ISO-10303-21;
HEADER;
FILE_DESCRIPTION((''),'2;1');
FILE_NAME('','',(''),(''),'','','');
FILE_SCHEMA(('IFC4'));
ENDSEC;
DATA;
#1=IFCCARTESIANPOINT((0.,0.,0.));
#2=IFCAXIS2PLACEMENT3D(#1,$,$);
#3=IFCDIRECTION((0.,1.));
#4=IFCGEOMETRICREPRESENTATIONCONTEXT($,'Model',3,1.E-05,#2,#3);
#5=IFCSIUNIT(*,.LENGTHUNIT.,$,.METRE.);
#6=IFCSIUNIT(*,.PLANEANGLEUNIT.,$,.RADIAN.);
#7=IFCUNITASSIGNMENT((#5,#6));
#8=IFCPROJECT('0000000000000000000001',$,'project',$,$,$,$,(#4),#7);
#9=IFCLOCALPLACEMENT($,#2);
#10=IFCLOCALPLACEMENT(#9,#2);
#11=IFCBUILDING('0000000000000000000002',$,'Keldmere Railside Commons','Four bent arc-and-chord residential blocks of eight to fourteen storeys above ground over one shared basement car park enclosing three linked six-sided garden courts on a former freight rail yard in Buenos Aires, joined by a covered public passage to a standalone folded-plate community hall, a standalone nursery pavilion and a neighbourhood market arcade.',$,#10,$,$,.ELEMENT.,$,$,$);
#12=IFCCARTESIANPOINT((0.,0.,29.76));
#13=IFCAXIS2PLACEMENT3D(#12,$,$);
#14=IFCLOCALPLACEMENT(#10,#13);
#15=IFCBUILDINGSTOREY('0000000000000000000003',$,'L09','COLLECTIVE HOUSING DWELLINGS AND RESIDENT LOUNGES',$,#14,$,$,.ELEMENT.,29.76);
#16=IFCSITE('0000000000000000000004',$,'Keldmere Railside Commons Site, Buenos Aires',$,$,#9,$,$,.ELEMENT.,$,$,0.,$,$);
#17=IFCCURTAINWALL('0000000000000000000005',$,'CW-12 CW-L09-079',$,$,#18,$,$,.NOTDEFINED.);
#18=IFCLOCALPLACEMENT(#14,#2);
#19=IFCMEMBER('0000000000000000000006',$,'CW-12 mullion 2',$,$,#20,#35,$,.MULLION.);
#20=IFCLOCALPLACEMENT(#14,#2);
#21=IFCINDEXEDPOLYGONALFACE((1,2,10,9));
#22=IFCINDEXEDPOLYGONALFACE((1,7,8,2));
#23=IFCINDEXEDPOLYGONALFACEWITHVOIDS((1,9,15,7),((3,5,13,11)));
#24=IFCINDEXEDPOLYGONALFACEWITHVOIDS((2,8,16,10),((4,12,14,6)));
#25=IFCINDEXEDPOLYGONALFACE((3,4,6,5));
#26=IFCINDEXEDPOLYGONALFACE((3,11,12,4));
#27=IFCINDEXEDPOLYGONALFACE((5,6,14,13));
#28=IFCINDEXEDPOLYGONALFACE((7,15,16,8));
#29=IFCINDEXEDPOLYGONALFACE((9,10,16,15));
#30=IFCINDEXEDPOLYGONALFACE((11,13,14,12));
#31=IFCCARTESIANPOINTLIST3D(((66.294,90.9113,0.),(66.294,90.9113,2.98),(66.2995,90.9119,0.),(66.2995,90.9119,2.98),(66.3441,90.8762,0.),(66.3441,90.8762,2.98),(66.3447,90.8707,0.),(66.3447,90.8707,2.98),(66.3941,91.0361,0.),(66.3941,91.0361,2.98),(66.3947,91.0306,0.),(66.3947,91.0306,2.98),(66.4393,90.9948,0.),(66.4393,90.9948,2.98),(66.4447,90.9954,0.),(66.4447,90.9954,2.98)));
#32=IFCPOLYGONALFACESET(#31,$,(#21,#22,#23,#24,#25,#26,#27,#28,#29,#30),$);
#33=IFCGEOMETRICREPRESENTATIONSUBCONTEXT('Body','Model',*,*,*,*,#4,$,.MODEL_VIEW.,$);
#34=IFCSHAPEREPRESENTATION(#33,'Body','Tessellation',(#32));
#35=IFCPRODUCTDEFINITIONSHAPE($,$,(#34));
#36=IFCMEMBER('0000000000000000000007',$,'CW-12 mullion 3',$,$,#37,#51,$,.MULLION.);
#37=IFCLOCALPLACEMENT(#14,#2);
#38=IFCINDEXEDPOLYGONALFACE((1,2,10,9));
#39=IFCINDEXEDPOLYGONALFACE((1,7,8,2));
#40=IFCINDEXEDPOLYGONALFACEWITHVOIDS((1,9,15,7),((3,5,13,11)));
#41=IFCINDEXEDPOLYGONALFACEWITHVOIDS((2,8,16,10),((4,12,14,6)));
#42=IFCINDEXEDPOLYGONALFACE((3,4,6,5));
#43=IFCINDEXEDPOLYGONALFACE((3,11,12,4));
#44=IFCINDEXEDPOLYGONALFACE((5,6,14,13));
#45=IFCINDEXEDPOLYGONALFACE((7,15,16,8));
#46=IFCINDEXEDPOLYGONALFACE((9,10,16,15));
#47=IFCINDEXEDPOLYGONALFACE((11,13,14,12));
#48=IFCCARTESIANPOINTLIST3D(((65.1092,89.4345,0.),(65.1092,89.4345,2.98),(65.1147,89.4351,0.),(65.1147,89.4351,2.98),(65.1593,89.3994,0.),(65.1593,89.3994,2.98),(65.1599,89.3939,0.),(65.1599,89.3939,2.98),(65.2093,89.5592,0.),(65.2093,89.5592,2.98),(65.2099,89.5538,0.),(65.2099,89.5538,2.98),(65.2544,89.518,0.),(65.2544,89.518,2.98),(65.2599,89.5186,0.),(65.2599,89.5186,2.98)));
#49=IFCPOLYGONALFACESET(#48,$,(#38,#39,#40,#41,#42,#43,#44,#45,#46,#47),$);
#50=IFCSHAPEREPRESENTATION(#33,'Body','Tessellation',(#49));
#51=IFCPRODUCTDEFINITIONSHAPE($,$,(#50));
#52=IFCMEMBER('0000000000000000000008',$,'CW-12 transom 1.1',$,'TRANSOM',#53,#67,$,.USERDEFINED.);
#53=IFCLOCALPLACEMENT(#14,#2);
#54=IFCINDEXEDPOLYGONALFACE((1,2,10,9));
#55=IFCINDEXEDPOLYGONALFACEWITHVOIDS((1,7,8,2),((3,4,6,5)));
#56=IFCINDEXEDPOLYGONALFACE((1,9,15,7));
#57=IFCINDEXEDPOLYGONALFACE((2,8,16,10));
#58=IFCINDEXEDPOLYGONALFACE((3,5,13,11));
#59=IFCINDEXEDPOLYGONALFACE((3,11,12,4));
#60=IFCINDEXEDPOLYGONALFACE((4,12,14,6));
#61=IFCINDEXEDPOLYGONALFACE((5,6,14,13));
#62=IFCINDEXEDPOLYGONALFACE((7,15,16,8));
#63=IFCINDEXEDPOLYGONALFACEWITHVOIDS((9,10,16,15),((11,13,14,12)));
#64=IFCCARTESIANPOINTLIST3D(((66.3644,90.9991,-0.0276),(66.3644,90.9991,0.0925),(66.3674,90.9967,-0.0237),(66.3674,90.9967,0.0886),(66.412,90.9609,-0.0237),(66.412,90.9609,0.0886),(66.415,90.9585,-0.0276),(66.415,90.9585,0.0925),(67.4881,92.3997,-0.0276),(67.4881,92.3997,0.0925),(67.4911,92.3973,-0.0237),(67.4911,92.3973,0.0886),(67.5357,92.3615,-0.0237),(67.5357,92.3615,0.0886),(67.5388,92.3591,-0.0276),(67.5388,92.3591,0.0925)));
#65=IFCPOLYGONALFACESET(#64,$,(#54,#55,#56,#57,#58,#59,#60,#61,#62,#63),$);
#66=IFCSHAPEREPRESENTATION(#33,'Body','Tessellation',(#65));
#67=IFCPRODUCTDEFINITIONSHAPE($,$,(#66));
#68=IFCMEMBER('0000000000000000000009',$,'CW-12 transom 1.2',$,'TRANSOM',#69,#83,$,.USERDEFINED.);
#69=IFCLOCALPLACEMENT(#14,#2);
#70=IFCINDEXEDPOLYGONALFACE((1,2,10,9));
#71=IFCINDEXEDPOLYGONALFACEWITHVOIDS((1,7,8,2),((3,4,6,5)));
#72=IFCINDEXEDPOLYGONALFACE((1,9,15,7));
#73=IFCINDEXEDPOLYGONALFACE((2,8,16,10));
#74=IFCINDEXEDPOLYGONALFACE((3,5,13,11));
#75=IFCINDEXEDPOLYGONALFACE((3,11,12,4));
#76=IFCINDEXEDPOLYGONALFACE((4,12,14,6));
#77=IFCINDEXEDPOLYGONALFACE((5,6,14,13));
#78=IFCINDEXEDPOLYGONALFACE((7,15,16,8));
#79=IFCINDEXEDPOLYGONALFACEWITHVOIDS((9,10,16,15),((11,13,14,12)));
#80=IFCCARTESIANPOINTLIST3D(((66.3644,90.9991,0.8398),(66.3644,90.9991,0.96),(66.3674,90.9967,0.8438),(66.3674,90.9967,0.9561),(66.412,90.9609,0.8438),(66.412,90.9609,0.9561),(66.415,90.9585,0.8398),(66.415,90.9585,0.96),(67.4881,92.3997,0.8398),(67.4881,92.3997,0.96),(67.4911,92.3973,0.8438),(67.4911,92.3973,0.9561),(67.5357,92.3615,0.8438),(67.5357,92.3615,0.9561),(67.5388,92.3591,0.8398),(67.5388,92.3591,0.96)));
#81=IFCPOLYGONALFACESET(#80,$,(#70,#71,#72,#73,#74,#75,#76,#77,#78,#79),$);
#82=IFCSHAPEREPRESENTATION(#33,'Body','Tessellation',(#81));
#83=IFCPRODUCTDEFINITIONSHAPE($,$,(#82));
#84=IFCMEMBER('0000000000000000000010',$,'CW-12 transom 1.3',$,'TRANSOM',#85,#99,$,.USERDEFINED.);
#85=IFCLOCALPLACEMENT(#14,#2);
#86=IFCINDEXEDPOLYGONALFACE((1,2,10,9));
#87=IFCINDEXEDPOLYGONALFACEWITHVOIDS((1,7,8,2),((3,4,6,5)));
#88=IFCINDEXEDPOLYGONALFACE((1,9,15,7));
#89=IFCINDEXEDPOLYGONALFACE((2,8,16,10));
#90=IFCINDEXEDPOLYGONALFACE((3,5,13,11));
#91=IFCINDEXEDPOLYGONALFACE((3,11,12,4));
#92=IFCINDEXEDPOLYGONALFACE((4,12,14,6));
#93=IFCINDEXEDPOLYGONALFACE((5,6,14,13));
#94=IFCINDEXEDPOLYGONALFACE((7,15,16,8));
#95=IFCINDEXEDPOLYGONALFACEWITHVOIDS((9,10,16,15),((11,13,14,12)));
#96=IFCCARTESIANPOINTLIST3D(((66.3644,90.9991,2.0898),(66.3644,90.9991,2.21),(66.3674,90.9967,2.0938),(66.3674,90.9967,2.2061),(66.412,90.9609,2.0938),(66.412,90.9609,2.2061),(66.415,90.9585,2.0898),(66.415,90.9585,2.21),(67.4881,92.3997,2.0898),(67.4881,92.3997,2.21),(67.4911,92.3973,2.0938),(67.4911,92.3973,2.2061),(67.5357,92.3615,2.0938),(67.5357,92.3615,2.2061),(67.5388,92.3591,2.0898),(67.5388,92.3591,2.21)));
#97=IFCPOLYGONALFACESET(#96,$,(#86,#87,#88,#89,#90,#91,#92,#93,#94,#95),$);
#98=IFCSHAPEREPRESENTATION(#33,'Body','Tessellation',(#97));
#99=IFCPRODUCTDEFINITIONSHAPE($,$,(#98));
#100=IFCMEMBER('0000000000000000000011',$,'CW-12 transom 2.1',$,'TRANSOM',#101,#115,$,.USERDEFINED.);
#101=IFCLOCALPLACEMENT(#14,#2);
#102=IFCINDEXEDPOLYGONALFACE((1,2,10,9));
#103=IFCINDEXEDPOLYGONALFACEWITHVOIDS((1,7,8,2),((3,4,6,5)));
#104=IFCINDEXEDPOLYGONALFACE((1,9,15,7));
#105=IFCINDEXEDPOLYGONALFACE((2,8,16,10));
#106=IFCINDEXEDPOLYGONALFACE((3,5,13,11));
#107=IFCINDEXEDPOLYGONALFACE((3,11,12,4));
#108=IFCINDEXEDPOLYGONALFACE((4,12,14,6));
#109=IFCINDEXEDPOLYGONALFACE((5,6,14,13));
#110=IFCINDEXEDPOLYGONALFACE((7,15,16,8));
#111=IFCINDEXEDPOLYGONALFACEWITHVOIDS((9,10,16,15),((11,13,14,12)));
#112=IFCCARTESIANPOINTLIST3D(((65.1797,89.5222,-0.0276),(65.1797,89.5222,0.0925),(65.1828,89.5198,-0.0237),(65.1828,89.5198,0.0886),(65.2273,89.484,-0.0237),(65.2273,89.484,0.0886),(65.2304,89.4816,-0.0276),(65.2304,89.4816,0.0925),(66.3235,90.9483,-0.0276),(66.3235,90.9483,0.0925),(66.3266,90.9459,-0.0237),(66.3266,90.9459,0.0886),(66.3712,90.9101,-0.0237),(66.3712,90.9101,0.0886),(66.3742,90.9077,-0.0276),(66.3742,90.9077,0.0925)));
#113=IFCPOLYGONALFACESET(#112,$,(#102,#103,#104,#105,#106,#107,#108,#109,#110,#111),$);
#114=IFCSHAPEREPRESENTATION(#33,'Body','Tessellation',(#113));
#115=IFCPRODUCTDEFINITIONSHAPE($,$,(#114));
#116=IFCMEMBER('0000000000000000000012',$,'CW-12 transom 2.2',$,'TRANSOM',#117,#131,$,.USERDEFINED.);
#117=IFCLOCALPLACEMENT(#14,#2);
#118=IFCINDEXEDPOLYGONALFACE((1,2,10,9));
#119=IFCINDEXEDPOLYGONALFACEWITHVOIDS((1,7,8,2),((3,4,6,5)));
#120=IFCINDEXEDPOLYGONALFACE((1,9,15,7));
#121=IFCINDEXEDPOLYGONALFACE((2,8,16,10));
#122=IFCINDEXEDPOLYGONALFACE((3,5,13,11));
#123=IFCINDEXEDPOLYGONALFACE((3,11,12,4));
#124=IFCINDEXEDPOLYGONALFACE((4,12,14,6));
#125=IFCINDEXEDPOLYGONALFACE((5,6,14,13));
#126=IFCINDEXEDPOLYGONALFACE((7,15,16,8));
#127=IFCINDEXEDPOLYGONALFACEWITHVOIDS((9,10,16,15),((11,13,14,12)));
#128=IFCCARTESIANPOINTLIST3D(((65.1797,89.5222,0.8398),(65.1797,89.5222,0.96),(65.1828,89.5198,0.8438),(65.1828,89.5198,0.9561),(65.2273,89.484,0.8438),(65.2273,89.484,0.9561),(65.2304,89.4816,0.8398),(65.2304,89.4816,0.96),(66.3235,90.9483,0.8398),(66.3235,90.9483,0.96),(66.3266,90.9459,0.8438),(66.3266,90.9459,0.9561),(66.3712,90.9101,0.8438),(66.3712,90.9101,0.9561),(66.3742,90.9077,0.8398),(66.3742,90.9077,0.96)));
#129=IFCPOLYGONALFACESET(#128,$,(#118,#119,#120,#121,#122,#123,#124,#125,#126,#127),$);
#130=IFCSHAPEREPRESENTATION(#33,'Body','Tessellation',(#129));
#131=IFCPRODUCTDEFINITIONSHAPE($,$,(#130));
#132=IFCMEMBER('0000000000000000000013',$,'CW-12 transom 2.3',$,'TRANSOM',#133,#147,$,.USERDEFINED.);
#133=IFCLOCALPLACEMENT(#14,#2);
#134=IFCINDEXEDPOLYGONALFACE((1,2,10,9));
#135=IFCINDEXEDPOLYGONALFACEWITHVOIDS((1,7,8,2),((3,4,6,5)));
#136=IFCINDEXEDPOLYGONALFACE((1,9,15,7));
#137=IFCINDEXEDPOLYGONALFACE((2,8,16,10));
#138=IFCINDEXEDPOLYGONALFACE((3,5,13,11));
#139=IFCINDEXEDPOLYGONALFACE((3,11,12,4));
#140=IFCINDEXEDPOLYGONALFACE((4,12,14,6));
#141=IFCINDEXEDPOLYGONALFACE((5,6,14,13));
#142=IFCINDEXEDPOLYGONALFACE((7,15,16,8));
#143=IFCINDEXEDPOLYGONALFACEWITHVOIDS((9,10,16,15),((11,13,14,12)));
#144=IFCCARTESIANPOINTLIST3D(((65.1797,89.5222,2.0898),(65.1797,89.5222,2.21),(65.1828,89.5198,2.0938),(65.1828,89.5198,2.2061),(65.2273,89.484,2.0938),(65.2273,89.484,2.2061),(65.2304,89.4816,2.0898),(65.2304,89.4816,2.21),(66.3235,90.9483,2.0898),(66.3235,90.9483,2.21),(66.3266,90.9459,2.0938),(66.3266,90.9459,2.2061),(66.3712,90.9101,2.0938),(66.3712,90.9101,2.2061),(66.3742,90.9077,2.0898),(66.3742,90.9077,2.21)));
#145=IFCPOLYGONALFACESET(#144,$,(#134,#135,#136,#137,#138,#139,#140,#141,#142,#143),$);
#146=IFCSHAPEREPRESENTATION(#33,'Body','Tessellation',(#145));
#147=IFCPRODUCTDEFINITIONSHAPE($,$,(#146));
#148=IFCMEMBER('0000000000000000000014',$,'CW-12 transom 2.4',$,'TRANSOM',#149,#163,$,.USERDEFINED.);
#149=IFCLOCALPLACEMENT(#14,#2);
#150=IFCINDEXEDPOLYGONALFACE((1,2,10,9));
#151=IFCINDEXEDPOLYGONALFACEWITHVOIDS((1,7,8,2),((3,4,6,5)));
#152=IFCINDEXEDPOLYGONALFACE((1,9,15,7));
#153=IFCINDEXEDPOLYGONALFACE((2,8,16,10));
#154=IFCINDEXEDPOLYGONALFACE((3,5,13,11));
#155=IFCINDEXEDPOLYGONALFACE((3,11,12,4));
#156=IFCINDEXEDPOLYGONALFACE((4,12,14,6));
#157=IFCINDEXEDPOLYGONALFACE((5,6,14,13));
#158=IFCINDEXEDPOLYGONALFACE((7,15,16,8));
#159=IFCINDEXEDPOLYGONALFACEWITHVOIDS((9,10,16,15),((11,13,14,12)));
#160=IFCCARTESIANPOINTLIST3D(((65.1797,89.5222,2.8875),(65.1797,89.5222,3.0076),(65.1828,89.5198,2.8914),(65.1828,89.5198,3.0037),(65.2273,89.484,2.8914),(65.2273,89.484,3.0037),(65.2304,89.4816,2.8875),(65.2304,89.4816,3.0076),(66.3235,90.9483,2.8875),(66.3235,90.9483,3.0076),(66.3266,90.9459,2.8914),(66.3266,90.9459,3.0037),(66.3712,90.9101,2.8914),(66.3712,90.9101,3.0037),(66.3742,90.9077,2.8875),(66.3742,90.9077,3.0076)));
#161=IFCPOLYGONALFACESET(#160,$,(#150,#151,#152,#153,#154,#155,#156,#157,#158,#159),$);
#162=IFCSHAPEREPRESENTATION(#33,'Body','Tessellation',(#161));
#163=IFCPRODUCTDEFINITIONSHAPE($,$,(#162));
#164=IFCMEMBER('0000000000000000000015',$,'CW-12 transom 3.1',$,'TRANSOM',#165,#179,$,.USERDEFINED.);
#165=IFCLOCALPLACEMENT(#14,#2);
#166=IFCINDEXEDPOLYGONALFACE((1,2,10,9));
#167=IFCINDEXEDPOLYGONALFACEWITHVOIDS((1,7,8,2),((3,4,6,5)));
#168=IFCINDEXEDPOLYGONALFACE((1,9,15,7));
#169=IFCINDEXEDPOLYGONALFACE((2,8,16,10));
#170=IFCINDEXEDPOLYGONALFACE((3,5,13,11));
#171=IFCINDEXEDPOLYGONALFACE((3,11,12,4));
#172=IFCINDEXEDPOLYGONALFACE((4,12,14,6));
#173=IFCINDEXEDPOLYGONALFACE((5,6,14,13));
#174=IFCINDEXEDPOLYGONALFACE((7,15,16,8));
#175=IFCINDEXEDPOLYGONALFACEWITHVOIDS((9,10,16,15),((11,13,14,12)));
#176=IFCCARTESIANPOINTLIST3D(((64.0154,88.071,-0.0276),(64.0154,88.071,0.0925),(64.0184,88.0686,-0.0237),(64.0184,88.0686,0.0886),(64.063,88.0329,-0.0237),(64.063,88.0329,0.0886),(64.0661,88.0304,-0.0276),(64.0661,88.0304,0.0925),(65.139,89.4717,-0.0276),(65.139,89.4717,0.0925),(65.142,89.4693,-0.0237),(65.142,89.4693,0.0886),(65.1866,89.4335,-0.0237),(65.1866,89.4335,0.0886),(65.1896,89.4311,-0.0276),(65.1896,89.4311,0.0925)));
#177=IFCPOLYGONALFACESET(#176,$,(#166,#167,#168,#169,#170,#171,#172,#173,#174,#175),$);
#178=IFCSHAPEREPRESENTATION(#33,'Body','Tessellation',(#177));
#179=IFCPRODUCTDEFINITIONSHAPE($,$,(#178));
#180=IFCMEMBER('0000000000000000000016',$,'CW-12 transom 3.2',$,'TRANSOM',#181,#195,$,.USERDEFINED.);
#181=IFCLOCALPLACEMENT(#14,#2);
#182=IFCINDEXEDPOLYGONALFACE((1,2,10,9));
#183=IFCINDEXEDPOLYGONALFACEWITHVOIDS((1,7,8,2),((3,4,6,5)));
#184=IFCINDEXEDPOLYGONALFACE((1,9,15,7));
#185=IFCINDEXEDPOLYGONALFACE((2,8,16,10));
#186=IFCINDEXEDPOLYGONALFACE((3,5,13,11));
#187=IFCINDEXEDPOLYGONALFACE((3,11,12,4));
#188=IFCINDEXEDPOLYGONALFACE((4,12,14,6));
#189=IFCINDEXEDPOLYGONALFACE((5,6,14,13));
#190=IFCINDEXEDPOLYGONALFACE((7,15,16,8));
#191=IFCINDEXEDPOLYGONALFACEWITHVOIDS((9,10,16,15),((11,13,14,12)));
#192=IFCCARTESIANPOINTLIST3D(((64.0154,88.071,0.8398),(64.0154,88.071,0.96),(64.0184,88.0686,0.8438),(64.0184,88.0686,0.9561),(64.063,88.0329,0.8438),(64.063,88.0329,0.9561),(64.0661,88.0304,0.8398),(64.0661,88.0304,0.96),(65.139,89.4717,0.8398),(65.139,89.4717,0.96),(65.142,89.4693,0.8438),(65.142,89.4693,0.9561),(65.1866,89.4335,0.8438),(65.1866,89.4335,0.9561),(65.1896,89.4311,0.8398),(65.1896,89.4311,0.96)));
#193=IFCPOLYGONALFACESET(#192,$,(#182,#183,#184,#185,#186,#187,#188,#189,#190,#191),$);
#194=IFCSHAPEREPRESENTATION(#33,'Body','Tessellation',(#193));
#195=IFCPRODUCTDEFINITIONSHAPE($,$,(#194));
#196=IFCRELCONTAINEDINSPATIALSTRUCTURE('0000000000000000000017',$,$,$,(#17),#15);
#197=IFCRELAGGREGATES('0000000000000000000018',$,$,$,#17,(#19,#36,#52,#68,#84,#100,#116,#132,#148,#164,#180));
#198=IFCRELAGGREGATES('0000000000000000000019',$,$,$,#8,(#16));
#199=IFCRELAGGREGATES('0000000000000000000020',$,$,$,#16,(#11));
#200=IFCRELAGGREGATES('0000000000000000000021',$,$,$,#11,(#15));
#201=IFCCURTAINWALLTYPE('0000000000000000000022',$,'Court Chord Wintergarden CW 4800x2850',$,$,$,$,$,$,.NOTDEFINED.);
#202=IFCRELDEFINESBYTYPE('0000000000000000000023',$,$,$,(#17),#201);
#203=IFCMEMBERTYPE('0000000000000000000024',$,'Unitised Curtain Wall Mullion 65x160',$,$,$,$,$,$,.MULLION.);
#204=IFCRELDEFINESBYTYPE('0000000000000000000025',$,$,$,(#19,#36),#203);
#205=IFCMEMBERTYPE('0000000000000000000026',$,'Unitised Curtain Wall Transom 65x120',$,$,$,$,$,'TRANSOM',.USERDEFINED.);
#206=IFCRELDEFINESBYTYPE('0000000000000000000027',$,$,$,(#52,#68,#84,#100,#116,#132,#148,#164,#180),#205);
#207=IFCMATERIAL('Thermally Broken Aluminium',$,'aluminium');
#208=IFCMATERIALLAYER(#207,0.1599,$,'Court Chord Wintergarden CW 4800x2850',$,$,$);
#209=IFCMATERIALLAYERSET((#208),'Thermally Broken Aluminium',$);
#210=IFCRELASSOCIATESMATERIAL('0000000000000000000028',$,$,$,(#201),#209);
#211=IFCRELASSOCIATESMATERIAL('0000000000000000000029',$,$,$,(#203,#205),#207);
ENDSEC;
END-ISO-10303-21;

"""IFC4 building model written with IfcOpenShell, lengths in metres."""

from ifc_helpers import new_model, si_unit, direction, frame, origin, origin_2d, place, context, subcontext, project, spatial, hollow_rectangle, extrude, material, layer, layer_set, material_profile, profile_set, type_object, element, aggregate, save


model = new_model("IFC4")

# Units and contexts
model_context = context("Model", 3, precision=1e-05, world=origin(), true_north=direction((0.0, 1.0)))
body_context = subcontext(model_context, "Body", "Model", "MODEL_VIEW")
ifc_project = project(units=[si_unit("LENGTHUNIT", "METRE"), si_unit("PLANEANGLEUNIT", "RADIAN")], contexts=[model_context])

# Site, building, storey
site_placement = place(None, origin())
site = spatial("IfcSite", under=ifc_project, at=site_placement, Name="Keldmere Railside Commons Site, Buenos Aires", CompositionType="ELEMENT", RefElevation=0.0)
building_placement = place(site_placement, origin())
building = spatial("IfcBuilding", under=site, at=building_placement, Name="Keldmere Railside Commons", Description="Four bent arc-and-chord residential blocks of eight to fourteen storeys above ground over one shared basement car park enclosing three linked six-sided garden courts on a former freight rail yard in Buenos Aires, joined by a covered public passage to a standalone folded-plate community hall, a standalone nursery pavilion and a neighbourhood market arcade.", CompositionType="ELEMENT")
storey_placement = place(building_placement, frame((0.0, 0.0, 29.76)))
storey = spatial("IfcBuildingStorey", under=building, at=storey_placement, Name="L09", Description="COLLECTIVE HOUSING DWELLINGS AND RESIDENT LOUNGES", CompositionType="ELEMENT", Elevation=29.76)

# Curtain wall, members
ifc_material_1 = material(Name="Thermally Broken Aluminium", Category="aluminium")
ifc_layer_1 = layer(ifc_material_1, 0.1599, Name="Court Chord Wintergarden CW 4800x2850")
ifc_layer_set_1 = layer_set([ifc_layer_1], Name="Thermally Broken Aluminium")
curtain_wall_type = type_object("IfcCurtainWallType", Name="Court Chord Wintergarden CW 4800x2850", PredefinedType="NOTDEFINED", material=ifc_layer_set_1)
curtain_wall_placement = place(storey_placement, origin())
curtain_wall = element("IfcCurtainWall", 1, at=curtain_wall_placement, inside=storey, type_object=curtain_wall_type, Name="CW-12 CW-L09-079", PredefinedType="NOTDEFINED")
ifc_material_profile_1 = material_profile(ifc_material_1, hollow_rectangle(XDim=0.0649, YDim=0.1599, WallThickness=0.0039, at=origin_2d()), Name="ALU-MULL-65x160")
ifc_profile_set_1 = profile_set([ifc_material_profile_1], Name="Thermally Broken Aluminium")
member_type_1 = type_object("IfcMemberType", Name="Unitised Curtain Wall Mullion 65x160", PredefinedType="MULLION", material=ifc_profile_set_1)
member_1_placement = place(storey_placement, frame((66.3694, 90.9534, 0.0), z_axis=(0.0, 0.0, 1.0), x_axis=(0.780009, -0.625768, 0.0)))
member_1 = element("IfcMember", 2, at=member_1_placement, type_object=member_type_1, Name="CW-12 mullion 2", PredefinedType="MULLION", context=body_context, shape_type="SweptSolid", body=[
    extrude(hollow_rectangle(XDim=0.0649, YDim=0.1599, WallThickness=0.0039, at=origin_2d()), origin(), (0.0, 0.0, 1.0), 2.98),
])
member_2_placement = place(storey_placement, frame((65.1846, 89.4766, 0.0), z_axis=(0.0, 0.0, 1.0), x_axis=(0.780009, -0.625768, 0.0)))
member_2 = element("IfcMember", 3, at=member_2_placement, type_object=member_type_1, Name="CW-12 mullion 3", PredefinedType="MULLION", context=body_context, shape_type="SweptSolid", body=[
    extrude(hollow_rectangle(XDim=0.0649, YDim=0.1599, WallThickness=0.0039, at=origin_2d()), origin(), (0.0, 0.0, 1.0), 2.98),
])
ifc_material_profile_2 = material_profile(ifc_material_1, hollow_rectangle(XDim=0.0649, YDim=0.1201, WallThickness=0.0039, at=origin_2d()), Name="ALU-TRAN-65x120")
ifc_profile_set_2 = profile_set([ifc_material_profile_2], Name="Thermally Broken Aluminium")
member_type_2 = type_object("IfcMemberType", Name="Unitised Curtain Wall Transom 65x120", ElementType="TRANSOM", PredefinedType="USERDEFINED", material=ifc_profile_set_2)
member_3_placement = place(storey_placement, frame((67.5134, 92.3794, 0.0325), z_axis=(-0.625805, -0.779979, 0.0), x_axis=(0.779979, -0.625805, 0.0)))
member_3 = element("IfcMember", 4, at=member_3_placement, type_object=member_type_2, Name="CW-12 transom 1.1", ObjectType="TRANSOM", PredefinedType="USERDEFINED", context=body_context, shape_type="SweptSolid", body=[
    extrude(hollow_rectangle(XDim=0.0649, YDim=0.1201, WallThickness=0.0039, at=origin_2d()), origin(), (0.0, 0.0, 1.0), 1.7957),
])
member_4_placement = place(storey_placement, frame((67.5134, 92.3794, 0.8999), z_axis=(-0.625805, -0.779979, 0.0), x_axis=(0.779979, -0.625805, 0.0)))
member_4 = element("IfcMember", 5, at=member_4_placement, type_object=member_type_2, Name="CW-12 transom 1.2", ObjectType="TRANSOM", PredefinedType="USERDEFINED", context=body_context, shape_type="SweptSolid", body=[
    extrude(hollow_rectangle(XDim=0.0649, YDim=0.1201, WallThickness=0.0039, at=origin_2d()), origin(), (0.0, 0.0, 1.0), 1.7957),
])
member_5_placement = place(storey_placement, frame((67.5134, 92.3794, 2.1499), z_axis=(-0.625805, -0.779979, 0.0), x_axis=(0.779979, -0.625805, 0.0)))
member_5 = element("IfcMember", 6, at=member_5_placement, type_object=member_type_2, Name="CW-12 transom 1.3", ObjectType="TRANSOM", PredefinedType="USERDEFINED", context=body_context, shape_type="SweptSolid", body=[
    extrude(hollow_rectangle(XDim=0.0649, YDim=0.1201, WallThickness=0.0039, at=origin_2d()), origin(), (0.0, 0.0, 1.0), 1.7957),
])
member_6_placement = place(storey_placement, frame((66.3489, 90.928, 0.0325), z_axis=(-0.625688, -0.780073, 0.0), x_axis=(0.780073, -0.625688, 0.0)))
member_6 = element("IfcMember", 7, at=member_6_placement, type_object=member_type_2, Name="CW-12 transom 2.1", ObjectType="TRANSOM", PredefinedType="USERDEFINED", context=body_context, shape_type="SweptSolid", body=[
    extrude(hollow_rectangle(XDim=0.0649, YDim=0.1201, WallThickness=0.0039, at=origin_2d()), origin(), (0.0, 0.0, 1.0), 1.8281),
])
member_7_placement = place(storey_placement, frame((66.3489, 90.928, 0.8999), z_axis=(-0.625688, -0.780073, 0.0), x_axis=(0.780073, -0.625688, 0.0)))
member_7 = element("IfcMember", 8, at=member_7_placement, type_object=member_type_2, Name="CW-12 transom 2.2", ObjectType="TRANSOM", PredefinedType="USERDEFINED", context=body_context, shape_type="SweptSolid", body=[
    extrude(hollow_rectangle(XDim=0.0649, YDim=0.1201, WallThickness=0.0039, at=origin_2d()), origin(), (0.0, 0.0, 1.0), 1.8281),
])
member_8_placement = place(storey_placement, frame((66.3489, 90.928, 2.1499), z_axis=(-0.625688, -0.780073, 0.0), x_axis=(0.780073, -0.625688, 0.0)))
member_8 = element("IfcMember", 9, at=member_8_placement, type_object=member_type_2, Name="CW-12 transom 2.3", ObjectType="TRANSOM", PredefinedType="USERDEFINED", context=body_context, shape_type="SweptSolid", body=[
    extrude(hollow_rectangle(XDim=0.0649, YDim=0.1201, WallThickness=0.0039, at=origin_2d()), origin(), (0.0, 0.0, 1.0), 1.8281),
])
member_9_placement = place(storey_placement, frame((66.3489, 90.928, 2.9475), z_axis=(-0.625688, -0.780073, 0.0), x_axis=(0.780073, -0.625688, 0.0)))
member_9 = element("IfcMember", 10, at=member_9_placement, type_object=member_type_2, Name="CW-12 transom 2.4", ObjectType="TRANSOM", PredefinedType="USERDEFINED", context=body_context, shape_type="SweptSolid", body=[
    extrude(hollow_rectangle(XDim=0.0649, YDim=0.1201, WallThickness=0.0039, at=origin_2d()), origin(), (0.0, 0.0, 1.0), 1.8281),
])
member_10_placement = place(storey_placement, frame((65.1643, 89.4514, 0.0325), z_axis=(-0.625723, -0.780046, 0.0), x_axis=(0.780046, -0.625723, 0.0)))
member_10 = element("IfcMember", 11, at=member_10_placement, type_object=member_type_2, Name="CW-12 transom 3.1", ObjectType="TRANSOM", PredefinedType="USERDEFINED", context=body_context, shape_type="SweptSolid", body=[
    extrude(hollow_rectangle(XDim=0.0649, YDim=0.1201, WallThickness=0.0039, at=origin_2d()), origin(), (0.0, 0.0, 1.0), 1.7957),
])
member_11_placement = place(storey_placement, frame((65.1643, 89.4514, 0.8999), z_axis=(-0.625723, -0.780046, 0.0), x_axis=(0.780046, -0.625723, 0.0)))
member_11 = element("IfcMember", 12, at=member_11_placement, type_object=member_type_2, Name="CW-12 transom 3.2", ObjectType="TRANSOM", PredefinedType="USERDEFINED", context=body_context, shape_type="SweptSolid", body=[
    extrude(hollow_rectangle(XDim=0.0649, YDim=0.1201, WallThickness=0.0039, at=origin_2d()), origin(), (0.0, 0.0, 1.0), 1.7957),
])
aggregate(curtain_wall, [member_1, member_2, member_3, member_4, member_5, member_6, member_7, member_8, member_9, member_10, member_11])

save(model, "model.ifc")
